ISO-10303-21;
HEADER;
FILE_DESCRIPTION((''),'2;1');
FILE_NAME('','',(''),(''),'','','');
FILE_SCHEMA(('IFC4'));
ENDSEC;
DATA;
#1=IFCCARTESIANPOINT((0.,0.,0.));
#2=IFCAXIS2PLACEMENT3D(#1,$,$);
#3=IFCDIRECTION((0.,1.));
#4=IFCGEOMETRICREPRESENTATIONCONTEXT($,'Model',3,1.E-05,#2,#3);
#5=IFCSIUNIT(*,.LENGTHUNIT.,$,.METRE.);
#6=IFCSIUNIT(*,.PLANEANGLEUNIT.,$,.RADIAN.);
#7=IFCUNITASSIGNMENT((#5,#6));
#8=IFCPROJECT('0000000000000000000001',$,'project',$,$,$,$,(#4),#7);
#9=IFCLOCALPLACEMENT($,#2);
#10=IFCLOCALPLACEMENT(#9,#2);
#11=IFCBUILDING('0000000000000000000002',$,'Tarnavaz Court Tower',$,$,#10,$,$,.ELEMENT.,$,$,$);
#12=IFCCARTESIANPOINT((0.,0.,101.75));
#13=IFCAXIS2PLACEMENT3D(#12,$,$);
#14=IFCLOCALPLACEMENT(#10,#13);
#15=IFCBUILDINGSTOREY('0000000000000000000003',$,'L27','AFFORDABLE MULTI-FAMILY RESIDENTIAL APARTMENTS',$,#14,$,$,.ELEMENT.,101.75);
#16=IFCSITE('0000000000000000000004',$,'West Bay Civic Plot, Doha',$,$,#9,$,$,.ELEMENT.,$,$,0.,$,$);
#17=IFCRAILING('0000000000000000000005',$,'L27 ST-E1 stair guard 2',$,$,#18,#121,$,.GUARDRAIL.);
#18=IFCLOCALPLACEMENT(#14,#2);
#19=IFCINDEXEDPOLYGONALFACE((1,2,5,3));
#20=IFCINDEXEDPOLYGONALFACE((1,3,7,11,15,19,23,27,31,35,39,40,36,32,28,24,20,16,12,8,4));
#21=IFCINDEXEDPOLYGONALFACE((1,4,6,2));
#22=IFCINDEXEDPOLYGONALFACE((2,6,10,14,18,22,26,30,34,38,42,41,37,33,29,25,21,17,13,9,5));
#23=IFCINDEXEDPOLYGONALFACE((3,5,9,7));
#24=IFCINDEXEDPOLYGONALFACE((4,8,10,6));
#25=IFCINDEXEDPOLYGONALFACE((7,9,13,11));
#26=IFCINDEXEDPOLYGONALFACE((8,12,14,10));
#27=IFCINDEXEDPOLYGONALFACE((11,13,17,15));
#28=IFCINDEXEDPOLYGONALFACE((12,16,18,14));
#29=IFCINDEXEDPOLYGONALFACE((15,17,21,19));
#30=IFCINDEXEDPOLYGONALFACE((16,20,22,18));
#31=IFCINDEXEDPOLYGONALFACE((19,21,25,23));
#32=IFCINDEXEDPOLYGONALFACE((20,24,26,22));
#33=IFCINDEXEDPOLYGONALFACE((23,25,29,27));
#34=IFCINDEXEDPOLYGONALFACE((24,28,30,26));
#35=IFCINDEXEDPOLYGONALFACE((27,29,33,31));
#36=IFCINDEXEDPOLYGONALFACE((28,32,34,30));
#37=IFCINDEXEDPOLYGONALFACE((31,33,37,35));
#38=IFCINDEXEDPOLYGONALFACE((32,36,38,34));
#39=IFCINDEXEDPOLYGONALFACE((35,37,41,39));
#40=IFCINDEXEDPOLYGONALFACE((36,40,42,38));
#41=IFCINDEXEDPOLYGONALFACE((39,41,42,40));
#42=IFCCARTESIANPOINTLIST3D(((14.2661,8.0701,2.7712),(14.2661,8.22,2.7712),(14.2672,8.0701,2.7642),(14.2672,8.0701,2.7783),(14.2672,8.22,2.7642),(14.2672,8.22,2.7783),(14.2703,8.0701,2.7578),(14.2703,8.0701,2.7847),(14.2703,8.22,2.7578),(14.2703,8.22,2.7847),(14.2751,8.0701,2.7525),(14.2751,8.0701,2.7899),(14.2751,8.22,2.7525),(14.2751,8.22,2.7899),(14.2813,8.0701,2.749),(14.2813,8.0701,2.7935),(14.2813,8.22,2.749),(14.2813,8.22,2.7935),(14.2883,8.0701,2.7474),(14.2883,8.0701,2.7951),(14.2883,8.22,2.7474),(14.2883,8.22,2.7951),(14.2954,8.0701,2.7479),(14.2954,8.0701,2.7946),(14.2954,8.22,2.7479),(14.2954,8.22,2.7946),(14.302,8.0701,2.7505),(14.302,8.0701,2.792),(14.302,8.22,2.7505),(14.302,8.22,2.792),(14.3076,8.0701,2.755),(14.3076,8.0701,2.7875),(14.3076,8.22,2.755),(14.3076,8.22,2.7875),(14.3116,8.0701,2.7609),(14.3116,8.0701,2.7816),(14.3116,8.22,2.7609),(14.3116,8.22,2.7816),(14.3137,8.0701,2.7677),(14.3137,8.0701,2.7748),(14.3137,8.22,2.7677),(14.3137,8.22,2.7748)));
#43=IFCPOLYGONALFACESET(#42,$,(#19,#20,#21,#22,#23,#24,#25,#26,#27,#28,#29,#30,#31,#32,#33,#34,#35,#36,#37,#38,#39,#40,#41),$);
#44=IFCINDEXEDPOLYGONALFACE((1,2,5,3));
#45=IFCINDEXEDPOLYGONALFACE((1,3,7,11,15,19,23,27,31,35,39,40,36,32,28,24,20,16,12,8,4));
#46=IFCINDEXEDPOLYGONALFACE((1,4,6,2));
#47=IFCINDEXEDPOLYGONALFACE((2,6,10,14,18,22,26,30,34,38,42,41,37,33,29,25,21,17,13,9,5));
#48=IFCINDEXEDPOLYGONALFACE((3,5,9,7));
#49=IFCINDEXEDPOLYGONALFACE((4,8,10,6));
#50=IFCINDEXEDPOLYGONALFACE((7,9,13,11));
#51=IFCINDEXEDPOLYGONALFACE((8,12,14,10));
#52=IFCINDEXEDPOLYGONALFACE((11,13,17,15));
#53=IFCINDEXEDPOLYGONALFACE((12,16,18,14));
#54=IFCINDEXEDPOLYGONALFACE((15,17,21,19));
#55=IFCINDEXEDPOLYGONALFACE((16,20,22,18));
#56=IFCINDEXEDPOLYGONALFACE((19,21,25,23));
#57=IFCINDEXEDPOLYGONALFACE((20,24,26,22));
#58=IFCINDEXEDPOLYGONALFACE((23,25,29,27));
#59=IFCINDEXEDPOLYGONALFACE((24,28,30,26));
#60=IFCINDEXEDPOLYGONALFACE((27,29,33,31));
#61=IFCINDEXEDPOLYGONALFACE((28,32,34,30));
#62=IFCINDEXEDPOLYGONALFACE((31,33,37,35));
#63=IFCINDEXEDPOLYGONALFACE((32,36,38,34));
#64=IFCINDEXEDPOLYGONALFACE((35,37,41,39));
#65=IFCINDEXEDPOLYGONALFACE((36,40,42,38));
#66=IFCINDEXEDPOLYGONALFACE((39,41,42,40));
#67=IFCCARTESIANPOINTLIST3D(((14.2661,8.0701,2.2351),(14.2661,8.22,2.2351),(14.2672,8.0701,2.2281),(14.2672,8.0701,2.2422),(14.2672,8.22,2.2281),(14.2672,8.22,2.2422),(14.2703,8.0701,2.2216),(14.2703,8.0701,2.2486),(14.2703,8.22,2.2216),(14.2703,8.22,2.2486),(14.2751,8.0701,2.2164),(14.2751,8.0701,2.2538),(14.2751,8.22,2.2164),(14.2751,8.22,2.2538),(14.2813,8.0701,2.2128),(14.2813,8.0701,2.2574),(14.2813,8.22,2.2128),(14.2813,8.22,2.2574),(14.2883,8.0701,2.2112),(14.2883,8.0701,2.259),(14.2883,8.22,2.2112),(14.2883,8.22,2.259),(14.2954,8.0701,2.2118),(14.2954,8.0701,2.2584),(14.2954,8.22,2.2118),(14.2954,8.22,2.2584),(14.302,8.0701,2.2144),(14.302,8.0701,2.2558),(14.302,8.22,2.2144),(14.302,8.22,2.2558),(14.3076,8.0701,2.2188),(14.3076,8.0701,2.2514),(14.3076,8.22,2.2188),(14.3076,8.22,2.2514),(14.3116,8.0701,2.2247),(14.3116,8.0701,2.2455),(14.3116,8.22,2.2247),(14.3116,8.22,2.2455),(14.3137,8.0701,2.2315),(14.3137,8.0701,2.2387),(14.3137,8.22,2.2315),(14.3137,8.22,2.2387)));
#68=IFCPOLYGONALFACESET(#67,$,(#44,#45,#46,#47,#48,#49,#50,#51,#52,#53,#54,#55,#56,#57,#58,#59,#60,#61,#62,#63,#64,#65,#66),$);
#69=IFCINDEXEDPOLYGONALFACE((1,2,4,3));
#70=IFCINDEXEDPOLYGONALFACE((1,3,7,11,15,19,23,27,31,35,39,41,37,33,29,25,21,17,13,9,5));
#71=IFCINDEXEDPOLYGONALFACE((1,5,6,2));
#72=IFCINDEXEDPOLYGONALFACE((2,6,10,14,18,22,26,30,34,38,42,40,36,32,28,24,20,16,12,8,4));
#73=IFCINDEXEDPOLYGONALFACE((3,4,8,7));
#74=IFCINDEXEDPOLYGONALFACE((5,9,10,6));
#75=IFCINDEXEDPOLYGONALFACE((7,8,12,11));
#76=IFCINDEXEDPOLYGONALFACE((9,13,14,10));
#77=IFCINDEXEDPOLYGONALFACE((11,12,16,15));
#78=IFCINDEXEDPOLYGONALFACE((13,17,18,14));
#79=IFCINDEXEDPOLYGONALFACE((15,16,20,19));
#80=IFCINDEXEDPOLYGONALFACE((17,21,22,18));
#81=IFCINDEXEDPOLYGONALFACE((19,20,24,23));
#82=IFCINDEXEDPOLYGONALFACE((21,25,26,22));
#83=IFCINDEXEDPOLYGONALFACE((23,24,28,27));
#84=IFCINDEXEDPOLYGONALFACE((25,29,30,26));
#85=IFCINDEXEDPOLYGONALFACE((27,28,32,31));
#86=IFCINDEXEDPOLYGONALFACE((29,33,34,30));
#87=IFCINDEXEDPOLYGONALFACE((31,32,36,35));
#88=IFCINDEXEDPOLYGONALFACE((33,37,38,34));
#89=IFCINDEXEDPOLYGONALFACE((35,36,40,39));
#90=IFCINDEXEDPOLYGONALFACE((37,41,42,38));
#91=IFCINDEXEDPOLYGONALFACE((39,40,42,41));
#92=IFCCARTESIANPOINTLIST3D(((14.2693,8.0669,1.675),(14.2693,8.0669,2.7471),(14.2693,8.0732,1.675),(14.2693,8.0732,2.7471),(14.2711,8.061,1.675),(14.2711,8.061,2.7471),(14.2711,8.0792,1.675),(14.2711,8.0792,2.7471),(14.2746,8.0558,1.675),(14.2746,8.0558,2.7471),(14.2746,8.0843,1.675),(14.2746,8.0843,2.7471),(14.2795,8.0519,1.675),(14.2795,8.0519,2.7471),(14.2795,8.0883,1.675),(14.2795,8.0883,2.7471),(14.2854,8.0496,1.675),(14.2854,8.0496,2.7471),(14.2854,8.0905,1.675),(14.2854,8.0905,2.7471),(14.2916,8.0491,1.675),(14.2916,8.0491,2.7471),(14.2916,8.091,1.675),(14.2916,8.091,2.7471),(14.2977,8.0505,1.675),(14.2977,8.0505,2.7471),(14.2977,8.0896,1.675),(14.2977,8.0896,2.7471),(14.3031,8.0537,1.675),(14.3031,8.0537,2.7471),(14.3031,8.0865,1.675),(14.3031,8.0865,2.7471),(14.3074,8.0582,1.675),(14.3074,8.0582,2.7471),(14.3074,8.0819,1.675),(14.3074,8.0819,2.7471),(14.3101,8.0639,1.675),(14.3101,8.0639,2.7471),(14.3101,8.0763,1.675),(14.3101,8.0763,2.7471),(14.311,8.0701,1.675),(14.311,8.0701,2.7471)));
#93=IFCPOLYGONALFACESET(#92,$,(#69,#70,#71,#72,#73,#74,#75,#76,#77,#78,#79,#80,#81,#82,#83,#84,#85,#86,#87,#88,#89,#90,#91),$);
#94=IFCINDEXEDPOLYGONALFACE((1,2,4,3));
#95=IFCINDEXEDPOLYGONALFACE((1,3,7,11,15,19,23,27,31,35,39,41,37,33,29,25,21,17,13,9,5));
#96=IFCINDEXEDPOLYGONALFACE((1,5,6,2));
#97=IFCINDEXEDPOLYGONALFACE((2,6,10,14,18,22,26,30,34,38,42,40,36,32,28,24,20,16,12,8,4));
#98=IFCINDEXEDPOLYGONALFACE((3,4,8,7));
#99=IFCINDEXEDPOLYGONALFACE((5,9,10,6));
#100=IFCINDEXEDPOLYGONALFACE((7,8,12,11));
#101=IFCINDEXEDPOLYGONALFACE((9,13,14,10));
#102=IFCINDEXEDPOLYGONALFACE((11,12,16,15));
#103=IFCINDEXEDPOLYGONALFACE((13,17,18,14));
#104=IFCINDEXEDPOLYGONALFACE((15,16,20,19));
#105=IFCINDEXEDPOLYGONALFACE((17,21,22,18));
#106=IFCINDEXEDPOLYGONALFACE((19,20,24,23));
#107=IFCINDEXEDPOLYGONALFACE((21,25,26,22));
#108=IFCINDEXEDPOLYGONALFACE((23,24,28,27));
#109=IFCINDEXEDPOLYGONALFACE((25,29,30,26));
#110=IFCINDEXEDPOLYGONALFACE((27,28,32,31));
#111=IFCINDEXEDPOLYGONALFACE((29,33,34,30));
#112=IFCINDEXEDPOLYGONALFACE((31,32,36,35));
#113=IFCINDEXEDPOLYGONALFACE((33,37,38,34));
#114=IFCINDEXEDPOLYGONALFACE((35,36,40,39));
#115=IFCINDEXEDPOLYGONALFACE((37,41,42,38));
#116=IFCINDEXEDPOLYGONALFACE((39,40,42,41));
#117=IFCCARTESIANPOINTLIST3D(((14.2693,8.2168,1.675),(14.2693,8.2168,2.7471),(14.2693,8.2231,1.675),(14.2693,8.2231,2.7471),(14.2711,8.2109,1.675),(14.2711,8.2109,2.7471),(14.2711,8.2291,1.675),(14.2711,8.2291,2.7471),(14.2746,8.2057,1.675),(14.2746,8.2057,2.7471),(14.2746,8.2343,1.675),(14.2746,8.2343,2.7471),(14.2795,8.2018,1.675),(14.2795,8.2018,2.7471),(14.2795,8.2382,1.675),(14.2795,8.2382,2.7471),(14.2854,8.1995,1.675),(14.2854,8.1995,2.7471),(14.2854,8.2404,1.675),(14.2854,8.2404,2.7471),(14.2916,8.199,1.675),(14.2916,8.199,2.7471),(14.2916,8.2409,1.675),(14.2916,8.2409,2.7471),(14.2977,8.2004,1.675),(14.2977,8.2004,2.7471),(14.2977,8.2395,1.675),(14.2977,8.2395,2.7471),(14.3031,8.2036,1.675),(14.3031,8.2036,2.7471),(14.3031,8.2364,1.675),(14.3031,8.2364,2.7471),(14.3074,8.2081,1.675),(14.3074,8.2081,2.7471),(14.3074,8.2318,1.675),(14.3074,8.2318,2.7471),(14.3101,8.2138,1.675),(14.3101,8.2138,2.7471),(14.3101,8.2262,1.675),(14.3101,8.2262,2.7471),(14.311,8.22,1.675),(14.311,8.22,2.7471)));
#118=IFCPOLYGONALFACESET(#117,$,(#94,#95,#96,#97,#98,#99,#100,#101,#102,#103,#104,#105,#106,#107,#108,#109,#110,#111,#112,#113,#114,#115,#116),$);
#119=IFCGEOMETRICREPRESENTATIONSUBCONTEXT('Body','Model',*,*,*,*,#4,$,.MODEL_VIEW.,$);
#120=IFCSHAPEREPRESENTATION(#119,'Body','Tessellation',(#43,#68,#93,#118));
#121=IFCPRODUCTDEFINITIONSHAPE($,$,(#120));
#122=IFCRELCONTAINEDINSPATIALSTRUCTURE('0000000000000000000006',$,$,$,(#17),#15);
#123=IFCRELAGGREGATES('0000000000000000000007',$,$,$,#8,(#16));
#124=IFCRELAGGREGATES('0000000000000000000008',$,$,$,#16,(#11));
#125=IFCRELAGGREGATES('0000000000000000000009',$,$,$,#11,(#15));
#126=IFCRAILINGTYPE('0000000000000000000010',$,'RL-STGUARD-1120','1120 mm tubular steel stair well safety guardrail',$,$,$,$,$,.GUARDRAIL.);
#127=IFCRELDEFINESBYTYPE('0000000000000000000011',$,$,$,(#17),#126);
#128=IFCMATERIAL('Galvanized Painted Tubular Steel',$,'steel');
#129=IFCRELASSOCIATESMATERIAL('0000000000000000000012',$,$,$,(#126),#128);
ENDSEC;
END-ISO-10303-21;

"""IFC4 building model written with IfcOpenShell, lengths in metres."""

from ifc_helpers import new_model, si_unit, direction, frame, origin, origin_2d, place, context, subcontext, project, spatial, circle, extrude, material, type_object, element, save


model = new_model("IFC4")

# Units and contexts
model_context = context("Model", 3, precision=1e-05, world=origin(), true_north=direction((0.0, 1.0)))
body_context = subcontext(model_context, "Body", "Model", "MODEL_VIEW")
ifc_project = project(units=[si_unit("LENGTHUNIT", "METRE"), si_unit("PLANEANGLEUNIT", "RADIAN")], contexts=[model_context])

# Site, building, storey
site_placement = place(None, origin())
site = spatial("IfcSite", under=ifc_project, at=site_placement, Name="West Bay Civic Plot, Doha", CompositionType="ELEMENT", RefElevation=0.0)
building_placement = place(site_placement, origin())
building = spatial("IfcBuilding", under=site, at=building_placement, Name="Tarnavaz Court Tower", CompositionType="ELEMENT")
storey_placement = place(building_placement, frame((0.0, 0.0, 101.75)))
storey = spatial("IfcBuildingStorey", under=building, at=storey_placement, Name="L27", Description="AFFORDABLE MULTI-FAMILY RESIDENTIAL APARTMENTS", CompositionType="ELEMENT", Elevation=101.75)

# Railing
ifc_material_1 = material(Name="Galvanized Painted Tubular Steel", Category="steel")
railing_type_1 = type_object("IfcRailingType", Name="RL-STGUARD-1120", Description="1120 mm tubular steel stair well safety guardrail", PredefinedType="GUARDRAIL", material=ifc_material_1)
railing_1_placement = place(storey_placement, frame((14.29, 8.0701, 1.675)))
element("IfcRailing", 1, at=railing_1_placement, inside=storey, type_object=railing_type_1, Name="L27 ST-E1 stair guard 2", PredefinedType="GUARDRAIL", context=body_context, shape_type="SweptSolid", body=[
    extrude(circle(Radius=0.0239, at=origin_2d()), frame((0.0, 0.0, 1.0962), z_axis=(0.0, 1.0, 0.0), x_axis=(-1.0, 0.0, 0.0)), (0.0, 0.0, 1.0), 0.1499),
    extrude(circle(Radius=0.0239, at=origin_2d()), frame((0.0, 0.0, 0.5601), z_axis=(0.0, 1.0, 0.0), x_axis=(-1.0, 0.0, 0.0)), (0.0, 0.0, 1.0), 0.1499),
    extrude(circle(Radius=0.021, at=origin_2d()), origin(), (0.0, 0.0, 1.0), 1.072),
    extrude(circle(Radius=0.021, at=origin_2d()), frame((0.0, 0.1499, 0.0)), (0.0, 0.0, 1.0), 1.072),
])

save(model, "model.ifc")
